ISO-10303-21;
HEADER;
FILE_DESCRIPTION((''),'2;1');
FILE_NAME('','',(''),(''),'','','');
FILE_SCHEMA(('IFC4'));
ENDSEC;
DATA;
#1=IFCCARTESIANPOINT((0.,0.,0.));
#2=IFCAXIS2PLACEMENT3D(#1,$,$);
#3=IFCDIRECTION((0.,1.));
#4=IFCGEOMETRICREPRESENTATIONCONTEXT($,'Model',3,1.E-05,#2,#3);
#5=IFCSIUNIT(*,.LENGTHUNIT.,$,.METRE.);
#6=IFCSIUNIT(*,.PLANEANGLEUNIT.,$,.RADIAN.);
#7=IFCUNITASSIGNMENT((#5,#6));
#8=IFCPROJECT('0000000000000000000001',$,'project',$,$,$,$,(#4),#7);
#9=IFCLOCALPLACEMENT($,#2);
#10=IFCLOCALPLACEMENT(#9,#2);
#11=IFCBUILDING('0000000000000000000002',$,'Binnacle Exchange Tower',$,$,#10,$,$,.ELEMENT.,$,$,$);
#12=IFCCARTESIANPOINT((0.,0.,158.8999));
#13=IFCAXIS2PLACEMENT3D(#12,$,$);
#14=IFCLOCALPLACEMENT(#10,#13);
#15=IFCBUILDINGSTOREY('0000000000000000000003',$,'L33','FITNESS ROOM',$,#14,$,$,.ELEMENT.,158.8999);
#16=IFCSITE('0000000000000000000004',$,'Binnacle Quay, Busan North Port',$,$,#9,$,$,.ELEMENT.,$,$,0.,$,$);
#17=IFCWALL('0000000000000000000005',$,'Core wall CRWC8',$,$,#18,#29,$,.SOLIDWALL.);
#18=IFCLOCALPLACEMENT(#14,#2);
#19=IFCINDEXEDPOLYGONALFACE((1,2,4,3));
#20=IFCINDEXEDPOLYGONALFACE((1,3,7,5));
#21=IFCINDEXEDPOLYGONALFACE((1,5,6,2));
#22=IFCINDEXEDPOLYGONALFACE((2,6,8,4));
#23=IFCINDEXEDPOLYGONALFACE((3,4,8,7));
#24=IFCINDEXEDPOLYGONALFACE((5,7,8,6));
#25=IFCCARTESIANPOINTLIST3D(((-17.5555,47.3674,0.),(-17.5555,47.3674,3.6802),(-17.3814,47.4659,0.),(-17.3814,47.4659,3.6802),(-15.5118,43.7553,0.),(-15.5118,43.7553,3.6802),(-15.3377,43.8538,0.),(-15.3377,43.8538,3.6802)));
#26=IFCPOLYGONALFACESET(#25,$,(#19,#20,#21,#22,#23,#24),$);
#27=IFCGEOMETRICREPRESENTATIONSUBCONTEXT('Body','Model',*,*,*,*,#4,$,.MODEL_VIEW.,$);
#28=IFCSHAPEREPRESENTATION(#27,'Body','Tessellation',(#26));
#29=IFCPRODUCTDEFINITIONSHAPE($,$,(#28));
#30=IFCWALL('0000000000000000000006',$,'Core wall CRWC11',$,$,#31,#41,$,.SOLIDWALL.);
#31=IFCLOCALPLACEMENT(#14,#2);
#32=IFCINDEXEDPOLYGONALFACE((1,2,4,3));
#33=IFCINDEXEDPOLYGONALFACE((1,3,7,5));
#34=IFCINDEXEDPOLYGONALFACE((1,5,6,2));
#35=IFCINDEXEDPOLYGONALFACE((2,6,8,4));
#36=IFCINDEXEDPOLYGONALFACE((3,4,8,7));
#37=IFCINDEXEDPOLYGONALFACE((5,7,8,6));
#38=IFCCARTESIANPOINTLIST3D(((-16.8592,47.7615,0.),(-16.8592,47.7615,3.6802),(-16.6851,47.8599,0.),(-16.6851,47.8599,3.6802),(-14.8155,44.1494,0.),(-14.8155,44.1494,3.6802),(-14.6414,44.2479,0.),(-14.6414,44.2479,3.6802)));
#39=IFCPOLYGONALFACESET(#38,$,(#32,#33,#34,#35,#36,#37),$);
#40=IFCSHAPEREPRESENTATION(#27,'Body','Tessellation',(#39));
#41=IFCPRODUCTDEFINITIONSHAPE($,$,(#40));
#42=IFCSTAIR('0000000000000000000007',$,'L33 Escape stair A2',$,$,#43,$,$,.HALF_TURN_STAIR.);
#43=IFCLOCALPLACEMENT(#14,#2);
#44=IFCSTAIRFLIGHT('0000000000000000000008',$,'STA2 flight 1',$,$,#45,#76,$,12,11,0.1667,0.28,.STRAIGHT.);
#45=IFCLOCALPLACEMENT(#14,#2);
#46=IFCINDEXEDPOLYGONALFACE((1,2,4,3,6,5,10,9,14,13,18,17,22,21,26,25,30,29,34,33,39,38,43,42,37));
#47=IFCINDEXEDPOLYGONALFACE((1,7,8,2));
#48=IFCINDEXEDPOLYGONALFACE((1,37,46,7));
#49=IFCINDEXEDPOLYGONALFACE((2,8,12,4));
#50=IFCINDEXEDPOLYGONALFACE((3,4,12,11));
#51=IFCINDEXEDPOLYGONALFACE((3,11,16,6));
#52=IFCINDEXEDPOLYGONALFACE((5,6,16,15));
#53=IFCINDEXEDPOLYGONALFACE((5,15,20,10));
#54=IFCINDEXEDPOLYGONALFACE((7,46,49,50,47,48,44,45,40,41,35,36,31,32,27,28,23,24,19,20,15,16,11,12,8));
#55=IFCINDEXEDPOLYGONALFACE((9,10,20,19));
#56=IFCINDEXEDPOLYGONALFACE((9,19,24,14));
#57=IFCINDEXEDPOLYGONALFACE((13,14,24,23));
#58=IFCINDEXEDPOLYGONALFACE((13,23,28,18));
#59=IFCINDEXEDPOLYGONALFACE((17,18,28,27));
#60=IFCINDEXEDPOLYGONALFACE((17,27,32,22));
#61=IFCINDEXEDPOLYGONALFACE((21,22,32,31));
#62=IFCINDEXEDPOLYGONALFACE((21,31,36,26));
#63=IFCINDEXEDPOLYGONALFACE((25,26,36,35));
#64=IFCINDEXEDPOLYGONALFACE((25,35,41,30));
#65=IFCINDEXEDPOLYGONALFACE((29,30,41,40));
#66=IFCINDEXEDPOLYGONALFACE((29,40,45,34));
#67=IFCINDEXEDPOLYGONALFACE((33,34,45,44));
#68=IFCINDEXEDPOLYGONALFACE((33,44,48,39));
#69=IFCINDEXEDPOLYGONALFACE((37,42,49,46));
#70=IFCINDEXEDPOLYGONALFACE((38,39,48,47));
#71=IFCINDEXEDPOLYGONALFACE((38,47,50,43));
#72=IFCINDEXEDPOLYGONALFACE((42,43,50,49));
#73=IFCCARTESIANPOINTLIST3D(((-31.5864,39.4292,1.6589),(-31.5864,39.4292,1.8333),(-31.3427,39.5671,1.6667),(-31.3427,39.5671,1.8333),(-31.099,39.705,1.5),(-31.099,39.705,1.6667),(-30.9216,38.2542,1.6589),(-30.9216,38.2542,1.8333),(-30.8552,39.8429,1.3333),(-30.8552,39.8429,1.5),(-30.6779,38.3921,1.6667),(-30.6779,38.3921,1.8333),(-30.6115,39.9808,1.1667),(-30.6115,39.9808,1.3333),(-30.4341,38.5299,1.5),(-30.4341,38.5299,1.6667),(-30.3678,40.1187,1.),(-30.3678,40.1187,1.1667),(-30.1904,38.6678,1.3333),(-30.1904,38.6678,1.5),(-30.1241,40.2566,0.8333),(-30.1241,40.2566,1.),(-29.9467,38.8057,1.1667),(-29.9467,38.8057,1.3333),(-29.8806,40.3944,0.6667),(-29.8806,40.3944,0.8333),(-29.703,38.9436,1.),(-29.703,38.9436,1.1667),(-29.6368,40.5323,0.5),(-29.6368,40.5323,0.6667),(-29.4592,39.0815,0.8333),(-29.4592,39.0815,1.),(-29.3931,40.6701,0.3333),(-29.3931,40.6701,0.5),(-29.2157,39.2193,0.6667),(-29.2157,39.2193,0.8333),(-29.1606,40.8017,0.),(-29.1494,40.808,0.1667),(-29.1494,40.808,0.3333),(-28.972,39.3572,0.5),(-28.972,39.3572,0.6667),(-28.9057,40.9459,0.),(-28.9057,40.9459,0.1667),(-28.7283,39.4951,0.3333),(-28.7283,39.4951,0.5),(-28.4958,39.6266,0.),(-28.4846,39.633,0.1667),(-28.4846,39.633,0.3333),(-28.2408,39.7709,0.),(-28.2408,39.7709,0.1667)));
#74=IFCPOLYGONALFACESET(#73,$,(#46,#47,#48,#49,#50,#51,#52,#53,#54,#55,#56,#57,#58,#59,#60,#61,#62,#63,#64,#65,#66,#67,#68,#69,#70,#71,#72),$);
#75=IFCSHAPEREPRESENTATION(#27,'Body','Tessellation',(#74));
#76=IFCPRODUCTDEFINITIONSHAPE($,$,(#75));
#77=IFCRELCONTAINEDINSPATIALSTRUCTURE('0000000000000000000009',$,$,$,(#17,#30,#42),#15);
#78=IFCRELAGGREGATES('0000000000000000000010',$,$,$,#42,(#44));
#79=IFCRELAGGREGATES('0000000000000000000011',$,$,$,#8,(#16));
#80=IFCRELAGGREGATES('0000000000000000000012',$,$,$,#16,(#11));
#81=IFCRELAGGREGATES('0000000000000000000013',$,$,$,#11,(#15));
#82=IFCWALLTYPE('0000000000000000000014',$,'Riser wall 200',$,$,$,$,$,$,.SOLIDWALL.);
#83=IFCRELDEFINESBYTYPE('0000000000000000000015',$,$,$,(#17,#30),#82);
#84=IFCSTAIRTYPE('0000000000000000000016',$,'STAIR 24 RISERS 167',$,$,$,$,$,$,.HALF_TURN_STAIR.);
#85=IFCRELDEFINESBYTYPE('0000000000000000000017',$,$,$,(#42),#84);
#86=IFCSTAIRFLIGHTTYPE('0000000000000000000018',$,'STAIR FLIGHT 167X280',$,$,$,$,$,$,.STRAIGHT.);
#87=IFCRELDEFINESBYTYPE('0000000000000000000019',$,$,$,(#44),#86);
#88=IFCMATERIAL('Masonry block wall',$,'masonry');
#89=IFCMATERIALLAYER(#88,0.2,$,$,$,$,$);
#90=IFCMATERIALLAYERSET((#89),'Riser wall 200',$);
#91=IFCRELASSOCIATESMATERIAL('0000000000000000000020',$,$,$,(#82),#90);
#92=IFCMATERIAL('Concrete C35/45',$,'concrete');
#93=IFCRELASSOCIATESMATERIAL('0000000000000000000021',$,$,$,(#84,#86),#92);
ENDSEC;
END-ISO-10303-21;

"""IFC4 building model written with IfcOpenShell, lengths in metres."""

from ifc_helpers import new_model, si_unit, direction, frame, frame_2d, origin, place, context, subcontext, project, spatial, polyline, rectangle, outline, extrude, material, layer, layer_set, type_object, element, aggregate, save


model = new_model("IFC4")

# Units and contexts
model_context = context("Model", 3, precision=1e-05, world=origin(), true_north=direction((0.0, 1.0)))
body_context = subcontext(model_context, "Body", "Model", "MODEL_VIEW")
ifc_project = project(units=[si_unit("LENGTHUNIT", "METRE"), si_unit("PLANEANGLEUNIT", "RADIAN")], contexts=[model_context])

# Site, building, storey
site_placement = place(None, origin())
site = spatial("IfcSite", under=ifc_project, at=site_placement, Name="Binnacle Quay, Busan North Port", CompositionType="ELEMENT", RefElevation=0.0)
building_placement = place(site_placement, origin())
building = spatial("IfcBuilding", under=site, at=building_placement, Name="Binnacle Exchange Tower", CompositionType="ELEMENT")
storey_placement = place(building_placement, frame((0.0, 0.0, 158.8999)))
storey = spatial("IfcBuildingStorey", under=building, at=storey_placement, Name="L33", Description="FITNESS ROOM", CompositionType="ELEMENT", Elevation=158.8999)

# Walls
ifc_material_1 = material(Name="Masonry block wall", Category="masonry")
ifc_layer_1 = layer(ifc_material_1, 0.2)
ifc_layer_set_1 = layer_set([ifc_layer_1], Name="Riser wall 200")
wall_type_1 = type_object("IfcWallType", Name="Riser wall 200", PredefinedType="SOLIDWALL", material=ifc_layer_set_1)
for number, where, z_axis, x_axis, name in (
    (1, (-17.4685, 47.4167, 0.0), (0.0, 0.0, 1.0), (0.492441, -0.870346, 0.0), "Core wall CRWC8"),
    (2, (-16.7722, 47.8108, 0.0), (0.0, 0.0, 1.0), (0.492441, -0.870346, 0.0), "Core wall CRWC11"),
):
    element("IfcWall", number, at=place(storey_placement, frame(where, z_axis=z_axis, x_axis=x_axis)), inside=storey, type_object=wall_type_1, Name=name, PredefinedType="SOLIDWALL", context=body_context, shape_type="SweptSolid", body=[
        extrude(rectangle(XDim=4.1501, YDim=0.2, at=frame_2d((2.0752, 0.0))), origin(), (0.0, 0.0, 1.0), 3.6802),
    ])

# Stair, stair flight
ifc_material_2 = material(Name="Concrete C35/45", Category="concrete")
stair_type = type_object("IfcStairType", Name="STAIR 24 RISERS 167", PredefinedType="HALF_TURN_STAIR", material=ifc_material_2)
stair_placement = place(storey_placement, origin())
stair = element("IfcStair", 3, at=stair_placement, inside=storey, type_object=stair_type, Name="L33 Escape stair A2", PredefinedType="HALF_TURN_STAIR")
stair_flight_type = type_object("IfcStairFlightType", Name="STAIR FLIGHT 167X280", PredefinedType="STRAIGHT", material=ifc_material_2)
stair_flight_placement = place(storey_placement, frame((-28.5732, 40.3584, 0.0), z_axis=(0.0, 0.0, 1.0), x_axis=(-0.870356, -0.492424, 0.0)))
stair_flight = element("IfcStairFlight", 4, at=stair_flight_placement, type_object=stair_flight_type, Name="STA2 flight 1", NumberOfRisers=12, NumberOfTreads=11, PredefinedType="STRAIGHT", RiserHeight=0.1667, TreadLength=0.28, context=body_context, shape_type="SweptSolid", body=[
    extrude(outline(polyline([(0.0, 0.0), (0.0, 0.1667), (0.28, 0.1667), (0.28, 0.3333), (0.5601, 0.3333), (0.5601, 0.5), (0.8401, 0.5), (0.8401, 0.6667), (1.1201, 0.6667), (1.1201, 0.8333), (1.3999, 0.8333), (1.3999, 1.0), (1.6799, 1.0), (1.6799, 1.1667), (1.96, 1.1667), (1.96, 1.3333), (2.24, 1.3333), (2.24, 1.5), (2.52, 1.5), (2.52, 1.6667), (2.8, 1.6667), (2.8, 1.8333), (3.0801, 1.8333), (3.0801, 2.0), (3.0801, 1.6589), (0.293, 0.0), (0.0, 0.0)])), frame((0.0, 0.675, 0.0), z_axis=(0.0, -1.0, 0.0), x_axis=(1.0, 0.0, 0.0)), (0.0, 0.0, 1.0), 1.3501),
])
aggregate(stair, [stair_flight])

save(model, "model.ifc")
